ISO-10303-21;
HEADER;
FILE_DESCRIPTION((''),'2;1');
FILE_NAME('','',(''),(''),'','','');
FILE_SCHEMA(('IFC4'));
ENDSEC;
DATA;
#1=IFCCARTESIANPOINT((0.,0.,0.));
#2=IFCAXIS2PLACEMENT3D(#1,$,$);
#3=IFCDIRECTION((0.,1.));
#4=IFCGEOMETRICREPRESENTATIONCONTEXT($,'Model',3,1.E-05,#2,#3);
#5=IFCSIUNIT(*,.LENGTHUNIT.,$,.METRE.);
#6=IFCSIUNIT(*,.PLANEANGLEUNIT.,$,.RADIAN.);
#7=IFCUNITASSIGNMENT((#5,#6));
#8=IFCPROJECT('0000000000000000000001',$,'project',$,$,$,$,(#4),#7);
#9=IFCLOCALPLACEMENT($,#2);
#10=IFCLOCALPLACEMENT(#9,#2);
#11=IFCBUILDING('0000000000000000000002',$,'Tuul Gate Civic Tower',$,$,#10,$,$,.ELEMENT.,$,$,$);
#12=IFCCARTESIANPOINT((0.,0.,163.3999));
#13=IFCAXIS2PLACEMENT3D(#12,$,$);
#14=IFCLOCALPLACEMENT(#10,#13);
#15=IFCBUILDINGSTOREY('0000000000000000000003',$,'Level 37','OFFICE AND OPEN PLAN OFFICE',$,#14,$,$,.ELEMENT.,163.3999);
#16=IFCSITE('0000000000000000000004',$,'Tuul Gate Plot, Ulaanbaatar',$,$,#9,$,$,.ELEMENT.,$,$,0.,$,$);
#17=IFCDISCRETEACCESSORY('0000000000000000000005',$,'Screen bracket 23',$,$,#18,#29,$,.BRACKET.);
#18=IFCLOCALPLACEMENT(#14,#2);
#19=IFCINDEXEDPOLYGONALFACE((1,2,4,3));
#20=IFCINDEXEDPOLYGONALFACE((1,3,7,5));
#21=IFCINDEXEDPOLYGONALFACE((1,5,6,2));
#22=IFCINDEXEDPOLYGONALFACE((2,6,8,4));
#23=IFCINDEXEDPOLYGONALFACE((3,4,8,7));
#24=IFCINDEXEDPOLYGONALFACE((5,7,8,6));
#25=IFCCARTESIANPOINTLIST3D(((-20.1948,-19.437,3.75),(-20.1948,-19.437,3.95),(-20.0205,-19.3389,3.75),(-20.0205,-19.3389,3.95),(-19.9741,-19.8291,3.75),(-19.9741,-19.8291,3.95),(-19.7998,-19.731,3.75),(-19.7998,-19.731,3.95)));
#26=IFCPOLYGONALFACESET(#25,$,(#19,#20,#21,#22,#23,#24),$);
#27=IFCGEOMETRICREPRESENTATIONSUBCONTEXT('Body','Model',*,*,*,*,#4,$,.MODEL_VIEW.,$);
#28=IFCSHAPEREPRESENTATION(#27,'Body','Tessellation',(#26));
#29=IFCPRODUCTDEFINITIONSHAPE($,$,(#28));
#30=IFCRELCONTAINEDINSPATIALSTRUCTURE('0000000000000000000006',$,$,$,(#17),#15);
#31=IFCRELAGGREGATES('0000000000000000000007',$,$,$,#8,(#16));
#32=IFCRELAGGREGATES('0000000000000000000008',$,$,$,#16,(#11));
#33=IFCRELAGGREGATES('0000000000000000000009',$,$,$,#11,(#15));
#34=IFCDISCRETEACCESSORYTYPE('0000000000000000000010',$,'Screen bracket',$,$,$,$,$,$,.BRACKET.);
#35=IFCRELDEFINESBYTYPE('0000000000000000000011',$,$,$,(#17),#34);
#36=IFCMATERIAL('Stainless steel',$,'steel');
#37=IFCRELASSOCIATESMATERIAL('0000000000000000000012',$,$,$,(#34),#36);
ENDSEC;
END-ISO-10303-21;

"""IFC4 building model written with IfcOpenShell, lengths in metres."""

from ifc_helpers import new_model, si_unit, direction, frame, origin, origin_2d, place, context, subcontext, project, spatial, rectangle, extrude, material, type_object, element, save


model = new_model("IFC4")

# Units and contexts
model_context = context("Model", 3, precision=1e-05, world=origin(), true_north=direction((0.0, 1.0)))
body_context = subcontext(model_context, "Body", "Model", "MODEL_VIEW")
ifc_project = project(units=[si_unit("LENGTHUNIT", "METRE"), si_unit("PLANEANGLEUNIT", "RADIAN")], contexts=[model_context])

# Site, building, storey
site_placement = place(None, origin())
site = spatial("IfcSite", under=ifc_project, at=site_placement, Name="Tuul Gate Plot, Ulaanbaatar", CompositionType="ELEMENT", RefElevation=0.0)
building_placement = place(site_placement, origin())
building = spatial("IfcBuilding", under=site, at=building_placement, Name="Tuul Gate Civic Tower", CompositionType="ELEMENT")
storey_placement = place(building_placement, frame((0.0, 0.0, 163.3999)))
storey = spatial("IfcBuildingStorey", under=building, at=storey_placement, Name="Level 37", Description="OFFICE AND OPEN PLAN OFFICE", CompositionType="ELEMENT", Elevation=163.3999)

# Discrete accessory
ifc_material_1 = material(Name="Stainless steel", Category="steel")
discrete_accessory_type_1 = type_object("IfcDiscreteAccessoryType", Name="Screen bracket", PredefinedType="BRACKET", material=ifc_material_1)
discrete_accessory_placement = place(storey_placement, frame((-19.9973, -19.584, 3.75), z_axis=(0.0, 0.0, 1.0), x_axis=(0.490457, -0.871466, 0.0)))
element("IfcDiscreteAccessory", 1, at=discrete_accessory_placement, inside=storey, type_object=discrete_accessory_type_1, Name="Screen bracket 23", PredefinedType="BRACKET", context=body_context, shape_type="SweptSolid", body=[
    extrude(rectangle(XDim=0.45, YDim=0.2, at=origin_2d()), origin(), (0.0, 0.0, 1.0), 0.2),
])

save(model, "model.ifc")
